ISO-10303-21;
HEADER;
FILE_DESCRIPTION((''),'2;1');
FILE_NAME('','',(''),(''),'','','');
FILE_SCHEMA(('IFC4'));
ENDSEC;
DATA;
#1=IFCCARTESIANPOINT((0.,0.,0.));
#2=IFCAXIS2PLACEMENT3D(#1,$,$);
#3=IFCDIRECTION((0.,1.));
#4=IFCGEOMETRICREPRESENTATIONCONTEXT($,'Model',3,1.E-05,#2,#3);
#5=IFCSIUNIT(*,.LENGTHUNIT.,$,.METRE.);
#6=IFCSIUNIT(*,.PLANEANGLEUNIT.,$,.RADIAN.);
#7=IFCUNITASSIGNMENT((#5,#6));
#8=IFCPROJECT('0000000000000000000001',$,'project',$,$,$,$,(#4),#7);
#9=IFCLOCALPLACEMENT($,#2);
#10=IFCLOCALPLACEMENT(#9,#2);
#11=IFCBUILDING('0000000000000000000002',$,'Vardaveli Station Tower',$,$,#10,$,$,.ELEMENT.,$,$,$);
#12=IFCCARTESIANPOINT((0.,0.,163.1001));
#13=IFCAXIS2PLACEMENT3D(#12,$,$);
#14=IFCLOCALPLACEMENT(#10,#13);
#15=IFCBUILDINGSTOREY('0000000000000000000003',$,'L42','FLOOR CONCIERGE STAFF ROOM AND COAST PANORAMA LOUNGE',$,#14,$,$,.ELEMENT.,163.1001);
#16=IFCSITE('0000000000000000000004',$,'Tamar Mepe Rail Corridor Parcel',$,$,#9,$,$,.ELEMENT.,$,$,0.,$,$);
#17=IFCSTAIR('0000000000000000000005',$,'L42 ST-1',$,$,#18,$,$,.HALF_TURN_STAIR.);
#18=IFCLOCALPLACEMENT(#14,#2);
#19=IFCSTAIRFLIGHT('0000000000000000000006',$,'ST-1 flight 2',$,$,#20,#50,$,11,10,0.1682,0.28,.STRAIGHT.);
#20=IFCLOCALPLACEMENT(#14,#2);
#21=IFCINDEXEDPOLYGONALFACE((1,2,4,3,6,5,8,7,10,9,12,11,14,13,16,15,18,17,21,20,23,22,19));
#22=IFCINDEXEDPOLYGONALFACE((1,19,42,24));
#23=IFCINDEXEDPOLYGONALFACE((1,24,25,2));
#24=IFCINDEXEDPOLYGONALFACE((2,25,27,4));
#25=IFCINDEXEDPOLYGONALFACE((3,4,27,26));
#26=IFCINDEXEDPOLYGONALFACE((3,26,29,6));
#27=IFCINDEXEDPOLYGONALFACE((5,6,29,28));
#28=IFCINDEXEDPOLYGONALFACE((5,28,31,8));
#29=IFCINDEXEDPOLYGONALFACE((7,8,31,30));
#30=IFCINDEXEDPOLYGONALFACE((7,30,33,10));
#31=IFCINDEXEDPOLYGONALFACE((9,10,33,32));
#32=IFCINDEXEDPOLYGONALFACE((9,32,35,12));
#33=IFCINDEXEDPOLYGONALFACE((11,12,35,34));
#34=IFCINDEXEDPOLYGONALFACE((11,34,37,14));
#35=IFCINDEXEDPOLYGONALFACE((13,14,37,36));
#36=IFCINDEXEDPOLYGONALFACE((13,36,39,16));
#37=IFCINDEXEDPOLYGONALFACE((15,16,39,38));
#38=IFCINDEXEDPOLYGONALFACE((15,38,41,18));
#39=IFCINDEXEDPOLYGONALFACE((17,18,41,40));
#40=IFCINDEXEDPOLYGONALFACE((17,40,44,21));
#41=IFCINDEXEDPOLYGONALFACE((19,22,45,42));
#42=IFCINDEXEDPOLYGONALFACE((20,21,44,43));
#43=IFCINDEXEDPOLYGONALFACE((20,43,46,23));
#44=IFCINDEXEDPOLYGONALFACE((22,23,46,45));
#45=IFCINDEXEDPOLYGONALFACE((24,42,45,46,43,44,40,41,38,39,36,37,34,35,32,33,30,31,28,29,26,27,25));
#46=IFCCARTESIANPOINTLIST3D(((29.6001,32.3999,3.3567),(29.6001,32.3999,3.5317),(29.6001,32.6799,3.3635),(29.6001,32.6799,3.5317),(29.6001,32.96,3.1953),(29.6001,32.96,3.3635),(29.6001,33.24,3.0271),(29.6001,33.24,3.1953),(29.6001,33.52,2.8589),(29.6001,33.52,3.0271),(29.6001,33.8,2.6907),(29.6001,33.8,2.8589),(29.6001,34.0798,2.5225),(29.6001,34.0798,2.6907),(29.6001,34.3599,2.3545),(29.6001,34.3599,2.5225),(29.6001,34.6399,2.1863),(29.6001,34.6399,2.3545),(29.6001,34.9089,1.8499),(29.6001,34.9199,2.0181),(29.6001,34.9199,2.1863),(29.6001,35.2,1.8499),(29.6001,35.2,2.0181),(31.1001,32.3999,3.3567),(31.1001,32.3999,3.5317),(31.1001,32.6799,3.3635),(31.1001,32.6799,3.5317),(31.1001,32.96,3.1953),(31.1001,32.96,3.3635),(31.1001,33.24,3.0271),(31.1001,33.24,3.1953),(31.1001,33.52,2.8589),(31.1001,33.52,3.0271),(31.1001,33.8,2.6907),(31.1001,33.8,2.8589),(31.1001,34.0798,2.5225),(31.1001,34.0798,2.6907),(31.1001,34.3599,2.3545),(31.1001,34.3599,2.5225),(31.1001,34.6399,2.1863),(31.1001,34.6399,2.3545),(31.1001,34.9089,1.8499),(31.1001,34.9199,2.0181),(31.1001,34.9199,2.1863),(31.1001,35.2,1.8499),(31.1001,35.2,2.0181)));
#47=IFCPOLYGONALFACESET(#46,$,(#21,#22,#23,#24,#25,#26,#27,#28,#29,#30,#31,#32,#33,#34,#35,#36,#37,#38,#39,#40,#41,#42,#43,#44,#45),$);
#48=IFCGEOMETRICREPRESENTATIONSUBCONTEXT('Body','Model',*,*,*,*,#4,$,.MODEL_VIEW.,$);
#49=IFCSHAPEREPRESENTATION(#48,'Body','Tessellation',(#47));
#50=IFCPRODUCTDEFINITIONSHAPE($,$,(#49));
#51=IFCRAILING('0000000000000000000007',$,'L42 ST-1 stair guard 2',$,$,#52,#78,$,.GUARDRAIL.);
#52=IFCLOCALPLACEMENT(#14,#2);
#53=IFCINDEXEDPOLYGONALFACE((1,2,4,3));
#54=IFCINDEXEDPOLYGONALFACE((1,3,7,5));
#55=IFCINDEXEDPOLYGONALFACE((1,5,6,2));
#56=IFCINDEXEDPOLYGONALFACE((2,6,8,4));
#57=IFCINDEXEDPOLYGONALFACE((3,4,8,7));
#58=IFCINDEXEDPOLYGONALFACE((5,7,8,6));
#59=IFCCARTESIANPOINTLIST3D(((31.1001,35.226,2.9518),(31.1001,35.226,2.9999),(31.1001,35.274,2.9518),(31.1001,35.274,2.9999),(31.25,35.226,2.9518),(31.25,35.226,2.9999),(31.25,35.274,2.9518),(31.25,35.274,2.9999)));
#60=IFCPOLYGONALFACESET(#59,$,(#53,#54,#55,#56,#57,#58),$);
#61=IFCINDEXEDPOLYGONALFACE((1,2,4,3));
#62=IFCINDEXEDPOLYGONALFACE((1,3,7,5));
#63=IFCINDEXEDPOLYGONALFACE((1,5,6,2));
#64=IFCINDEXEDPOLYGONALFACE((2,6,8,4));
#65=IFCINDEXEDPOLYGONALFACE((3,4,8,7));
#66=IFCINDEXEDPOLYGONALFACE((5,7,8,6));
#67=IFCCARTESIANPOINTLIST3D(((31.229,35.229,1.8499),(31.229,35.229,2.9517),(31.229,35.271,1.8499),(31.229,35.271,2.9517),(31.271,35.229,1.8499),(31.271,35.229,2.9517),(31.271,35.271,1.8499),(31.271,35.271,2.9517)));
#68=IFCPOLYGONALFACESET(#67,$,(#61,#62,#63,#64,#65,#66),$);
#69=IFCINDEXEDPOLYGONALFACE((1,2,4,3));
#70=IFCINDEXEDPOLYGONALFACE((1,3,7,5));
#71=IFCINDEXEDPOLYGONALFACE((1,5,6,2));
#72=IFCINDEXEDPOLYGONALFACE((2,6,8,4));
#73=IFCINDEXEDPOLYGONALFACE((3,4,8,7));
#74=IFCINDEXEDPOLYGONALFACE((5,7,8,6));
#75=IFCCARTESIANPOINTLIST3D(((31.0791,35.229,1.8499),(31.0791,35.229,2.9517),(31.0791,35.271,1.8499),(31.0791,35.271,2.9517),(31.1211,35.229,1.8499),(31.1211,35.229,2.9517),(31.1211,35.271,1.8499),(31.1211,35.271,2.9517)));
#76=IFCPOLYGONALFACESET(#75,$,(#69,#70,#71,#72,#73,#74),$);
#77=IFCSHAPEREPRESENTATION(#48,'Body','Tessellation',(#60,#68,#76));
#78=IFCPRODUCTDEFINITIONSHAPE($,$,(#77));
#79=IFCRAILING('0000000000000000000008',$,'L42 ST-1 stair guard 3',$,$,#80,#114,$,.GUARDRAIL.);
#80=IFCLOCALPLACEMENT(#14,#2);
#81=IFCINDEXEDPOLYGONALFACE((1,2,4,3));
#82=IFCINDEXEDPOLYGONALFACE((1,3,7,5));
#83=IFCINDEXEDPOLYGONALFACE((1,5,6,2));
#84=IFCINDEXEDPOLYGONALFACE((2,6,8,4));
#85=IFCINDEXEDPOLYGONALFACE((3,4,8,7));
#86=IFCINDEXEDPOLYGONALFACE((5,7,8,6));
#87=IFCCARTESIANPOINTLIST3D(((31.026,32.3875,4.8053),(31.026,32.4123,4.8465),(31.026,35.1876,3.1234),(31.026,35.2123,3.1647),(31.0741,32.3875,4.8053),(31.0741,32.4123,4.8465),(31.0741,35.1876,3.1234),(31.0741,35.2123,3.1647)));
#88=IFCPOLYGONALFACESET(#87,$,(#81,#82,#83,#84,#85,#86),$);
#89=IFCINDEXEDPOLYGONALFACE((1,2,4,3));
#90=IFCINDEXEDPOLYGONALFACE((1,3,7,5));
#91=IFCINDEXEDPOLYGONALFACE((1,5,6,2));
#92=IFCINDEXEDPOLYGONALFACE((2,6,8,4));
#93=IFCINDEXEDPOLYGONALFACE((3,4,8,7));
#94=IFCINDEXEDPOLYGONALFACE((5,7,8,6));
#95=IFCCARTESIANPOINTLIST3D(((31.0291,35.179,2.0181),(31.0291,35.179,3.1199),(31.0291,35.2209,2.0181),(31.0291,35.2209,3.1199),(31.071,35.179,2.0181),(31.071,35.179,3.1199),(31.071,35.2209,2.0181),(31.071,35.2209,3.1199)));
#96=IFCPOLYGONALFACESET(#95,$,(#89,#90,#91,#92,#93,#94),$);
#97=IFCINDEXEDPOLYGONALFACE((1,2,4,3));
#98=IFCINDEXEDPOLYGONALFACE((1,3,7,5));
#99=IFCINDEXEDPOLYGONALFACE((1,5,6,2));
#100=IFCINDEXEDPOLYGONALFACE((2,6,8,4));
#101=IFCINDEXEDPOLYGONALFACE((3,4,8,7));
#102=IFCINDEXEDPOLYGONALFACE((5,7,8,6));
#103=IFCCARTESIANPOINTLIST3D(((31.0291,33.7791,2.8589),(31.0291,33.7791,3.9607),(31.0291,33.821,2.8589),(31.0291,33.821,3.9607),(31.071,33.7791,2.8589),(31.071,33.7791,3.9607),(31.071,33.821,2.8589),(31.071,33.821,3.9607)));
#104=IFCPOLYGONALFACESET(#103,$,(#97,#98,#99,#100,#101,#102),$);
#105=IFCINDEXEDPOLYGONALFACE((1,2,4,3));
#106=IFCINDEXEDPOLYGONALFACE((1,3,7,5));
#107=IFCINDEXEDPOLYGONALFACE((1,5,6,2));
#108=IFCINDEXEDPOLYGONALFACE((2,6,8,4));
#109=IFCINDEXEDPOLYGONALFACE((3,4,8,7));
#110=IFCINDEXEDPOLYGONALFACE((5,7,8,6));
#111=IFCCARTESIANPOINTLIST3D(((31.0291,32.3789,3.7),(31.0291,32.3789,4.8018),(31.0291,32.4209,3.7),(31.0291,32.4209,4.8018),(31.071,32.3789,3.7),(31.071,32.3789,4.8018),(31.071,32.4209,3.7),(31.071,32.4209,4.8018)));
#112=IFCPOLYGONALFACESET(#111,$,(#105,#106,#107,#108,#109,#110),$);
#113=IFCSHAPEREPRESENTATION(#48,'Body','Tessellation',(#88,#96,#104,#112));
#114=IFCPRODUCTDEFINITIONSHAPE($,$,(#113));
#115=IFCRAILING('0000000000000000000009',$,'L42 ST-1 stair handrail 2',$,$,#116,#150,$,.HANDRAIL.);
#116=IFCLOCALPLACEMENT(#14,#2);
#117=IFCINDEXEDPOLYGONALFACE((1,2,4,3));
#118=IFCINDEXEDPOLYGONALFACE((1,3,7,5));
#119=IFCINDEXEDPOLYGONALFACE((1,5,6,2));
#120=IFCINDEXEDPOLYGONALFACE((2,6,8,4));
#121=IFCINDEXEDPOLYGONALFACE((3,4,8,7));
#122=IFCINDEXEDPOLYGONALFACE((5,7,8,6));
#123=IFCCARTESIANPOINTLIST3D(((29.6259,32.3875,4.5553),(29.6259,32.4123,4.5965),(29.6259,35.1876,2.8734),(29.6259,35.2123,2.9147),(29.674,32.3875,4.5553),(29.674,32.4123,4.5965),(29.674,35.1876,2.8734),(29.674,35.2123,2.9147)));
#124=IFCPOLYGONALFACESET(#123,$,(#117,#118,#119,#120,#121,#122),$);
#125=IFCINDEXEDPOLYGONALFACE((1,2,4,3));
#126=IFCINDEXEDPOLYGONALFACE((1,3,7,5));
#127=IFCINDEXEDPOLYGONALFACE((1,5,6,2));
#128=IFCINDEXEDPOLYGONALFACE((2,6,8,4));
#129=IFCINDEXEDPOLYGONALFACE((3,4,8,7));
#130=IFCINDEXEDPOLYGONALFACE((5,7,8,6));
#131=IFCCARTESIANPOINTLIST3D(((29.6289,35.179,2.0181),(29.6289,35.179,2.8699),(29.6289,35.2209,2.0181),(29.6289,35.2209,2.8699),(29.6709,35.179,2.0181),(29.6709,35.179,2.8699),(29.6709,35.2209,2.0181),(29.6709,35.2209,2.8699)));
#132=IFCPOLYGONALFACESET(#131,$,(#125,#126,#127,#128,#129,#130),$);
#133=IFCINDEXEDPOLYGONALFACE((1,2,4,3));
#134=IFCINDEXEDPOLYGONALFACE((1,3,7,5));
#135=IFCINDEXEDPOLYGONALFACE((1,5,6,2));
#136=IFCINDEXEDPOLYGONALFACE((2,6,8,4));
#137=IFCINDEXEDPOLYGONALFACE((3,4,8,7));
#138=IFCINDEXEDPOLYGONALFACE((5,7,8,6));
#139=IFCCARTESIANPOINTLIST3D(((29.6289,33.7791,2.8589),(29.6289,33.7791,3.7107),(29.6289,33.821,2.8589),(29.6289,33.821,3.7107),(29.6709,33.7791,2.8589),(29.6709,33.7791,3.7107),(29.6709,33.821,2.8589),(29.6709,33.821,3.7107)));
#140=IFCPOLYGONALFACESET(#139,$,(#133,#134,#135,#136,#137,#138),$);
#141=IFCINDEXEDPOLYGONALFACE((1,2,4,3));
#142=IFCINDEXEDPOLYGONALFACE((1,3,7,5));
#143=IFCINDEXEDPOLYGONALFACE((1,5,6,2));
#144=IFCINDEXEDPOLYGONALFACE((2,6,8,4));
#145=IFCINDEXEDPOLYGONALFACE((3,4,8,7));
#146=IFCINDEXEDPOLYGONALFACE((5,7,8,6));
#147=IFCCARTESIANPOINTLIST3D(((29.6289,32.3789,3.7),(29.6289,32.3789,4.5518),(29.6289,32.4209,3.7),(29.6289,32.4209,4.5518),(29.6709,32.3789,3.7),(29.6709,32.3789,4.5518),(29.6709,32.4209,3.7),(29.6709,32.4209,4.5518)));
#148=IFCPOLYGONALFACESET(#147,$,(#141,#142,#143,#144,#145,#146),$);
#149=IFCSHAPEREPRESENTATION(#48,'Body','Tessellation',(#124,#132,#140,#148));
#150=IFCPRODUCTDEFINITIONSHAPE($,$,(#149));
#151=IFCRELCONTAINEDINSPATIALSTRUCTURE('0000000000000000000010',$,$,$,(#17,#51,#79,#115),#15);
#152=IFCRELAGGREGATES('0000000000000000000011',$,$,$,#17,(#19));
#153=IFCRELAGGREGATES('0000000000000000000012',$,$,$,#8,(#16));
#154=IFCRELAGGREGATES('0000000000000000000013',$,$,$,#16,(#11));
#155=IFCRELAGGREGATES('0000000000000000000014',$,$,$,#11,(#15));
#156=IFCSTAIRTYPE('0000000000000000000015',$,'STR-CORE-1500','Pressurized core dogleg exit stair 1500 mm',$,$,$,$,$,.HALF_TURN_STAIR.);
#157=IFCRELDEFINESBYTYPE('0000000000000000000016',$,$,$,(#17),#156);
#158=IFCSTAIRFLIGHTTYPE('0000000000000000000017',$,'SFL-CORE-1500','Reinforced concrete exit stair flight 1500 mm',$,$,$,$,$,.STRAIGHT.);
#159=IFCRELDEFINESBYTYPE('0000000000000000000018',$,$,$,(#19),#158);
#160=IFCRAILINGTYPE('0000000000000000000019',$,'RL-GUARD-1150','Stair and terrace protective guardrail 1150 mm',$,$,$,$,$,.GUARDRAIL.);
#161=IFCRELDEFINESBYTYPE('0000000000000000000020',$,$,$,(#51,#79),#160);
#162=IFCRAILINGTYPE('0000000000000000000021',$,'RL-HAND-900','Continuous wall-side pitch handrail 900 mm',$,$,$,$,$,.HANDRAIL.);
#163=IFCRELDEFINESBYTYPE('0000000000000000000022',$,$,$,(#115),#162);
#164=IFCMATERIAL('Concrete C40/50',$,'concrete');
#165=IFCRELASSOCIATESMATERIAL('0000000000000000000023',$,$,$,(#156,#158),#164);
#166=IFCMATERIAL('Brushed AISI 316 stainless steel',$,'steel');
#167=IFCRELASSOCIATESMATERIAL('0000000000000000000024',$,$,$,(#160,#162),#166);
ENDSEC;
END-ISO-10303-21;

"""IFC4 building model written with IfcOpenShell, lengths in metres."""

from ifc_helpers import new_model, si_unit, direction, frame, origin, origin_2d, place, context, subcontext, project, spatial, polyline, rectangle, outline, extrude, source, transform, mapped, material, type_object, element, aggregate, save


model = new_model("IFC4")

# Units and contexts
model_context = context("Model", 3, precision=1e-05, world=origin(), true_north=direction((0.0, 1.0)))
body_context = subcontext(model_context, "Body", "Model", "MODEL_VIEW")
ifc_project = project(units=[si_unit("LENGTHUNIT", "METRE"), si_unit("PLANEANGLEUNIT", "RADIAN")], contexts=[model_context])

# Site, building, storey
site_placement = place(None, origin())
site = spatial("IfcSite", under=ifc_project, at=site_placement, Name="Tamar Mepe Rail Corridor Parcel", CompositionType="ELEMENT", RefElevation=0.0)
building_placement = place(site_placement, origin())
building = spatial("IfcBuilding", under=site, at=building_placement, Name="Vardaveli Station Tower", CompositionType="ELEMENT")
storey_placement = place(building_placement, frame((0.0, 0.0, 163.1001)))
storey = spatial("IfcBuildingStorey", under=building, at=storey_placement, Name="L42", Description="FLOOR CONCIERGE STAFF ROOM AND COAST PANORAMA LOUNGE", CompositionType="ELEMENT", Elevation=163.1001)

# Shared definitions
ifc_material_1 = material(Name="Concrete C40/50", Category="concrete")

# Stair, stair flight
stair_type = type_object("IfcStairType", Name="STR-CORE-1500", Description="Pressurized core dogleg exit stair 1500 mm", PredefinedType="HALF_TURN_STAIR", material=ifc_material_1)
stair_placement = place(storey_placement, origin())
stair = element("IfcStair", 1, at=stair_placement, inside=storey, type_object=stair_type, Name="L42 ST-1", PredefinedType="HALF_TURN_STAIR")
stair_flight_type = type_object("IfcStairFlightType", Name="SFL-CORE-1500", Description="Reinforced concrete exit stair flight 1500 mm", PredefinedType="STRAIGHT", material=ifc_material_1)
shared_shape_1 = source(origin(), body_context, "Body", "SweptSolid", [
    extrude(outline(polyline([(0.0, 0.0), (0.0, 0.1682), (0.28, 0.1682), (0.28, 0.3364), (0.5601, 0.3364), (0.5601, 0.5046), (0.8401, 0.5046), (0.8401, 0.6726), (1.1201, 0.6726), (1.1201, 0.8408), (1.3999, 0.8408), (1.3999, 1.009), (1.6799, 1.009), (1.6799, 1.1772), (1.96, 1.1772), (1.96, 1.3455), (2.24, 1.3455), (2.24, 1.5137), (2.52, 1.5137), (2.52, 1.6819), (2.8, 1.6819), (2.8, 1.8501), (2.8, 1.5068), (0.291, 0.0), (0.0, 0.0)])), frame((0.0, 0.75, 0.0), z_axis=(0.0, -1.0, 0.0), x_axis=(1.0, 0.0, 0.0)), (0.0, 0.0, 1.0), 1.5),
])
stair_flight_placement = place(storey_placement, frame((30.3501, 35.2, 1.8499), z_axis=(0.0, 0.0, 1.0), x_axis=(0.0, -1.0, 0.0)))
stair_flight = element("IfcStairFlight", 2, at=stair_flight_placement, type_object=stair_flight_type, Name="ST-1 flight 2", NumberOfRisers=11, NumberOfTreads=10, PredefinedType="STRAIGHT", RiserHeight=0.1682, TreadLength=0.28, context=body_context, shape_type="MappedRepresentation", body=[
    mapped(shared_shape_1, transform((0.0, 0.0, 0.0), scale=1.0)),
])
aggregate(stair, [stair_flight])

# Railings
ifc_material_2 = material(Name="Brushed AISI 316 stainless steel", Category="steel")
railing_type_1 = type_object("IfcRailingType", Name="RL-GUARD-1150", Description="Stair and terrace protective guardrail 1150 mm", PredefinedType="GUARDRAIL", material=ifc_material_2)
shared_shape_2 = source(origin(), body_context, "Body", "SweptSolid", [
    extrude(rectangle(XDim=0.0481, YDim=0.0481, at=origin_2d()), frame((0.0, 0.0, 1.126), z_axis=(-1.0, 0.0, 0.0), x_axis=(0.0, -1.0, 0.0)), (0.0, 0.0, 1.0), 0.1499),
    extrude(rectangle(XDim=0.042, YDim=0.042, at=origin_2d()), origin(), (0.0, 0.0, 1.0), 1.1018),
    extrude(rectangle(XDim=0.042, YDim=0.042, at=origin_2d()), frame((-0.1499, 0.0, 0.0)), (0.0, 0.0, 1.0), 1.1018),
])
railing_1_placement = place(storey_placement, frame((31.25, 35.25, 1.8499)))
element("IfcRailing", 3, at=railing_1_placement, inside=storey, type_object=railing_type_1, Name="L42 ST-1 stair guard 2", PredefinedType="GUARDRAIL", context=body_context, shape_type="MappedRepresentation", body=[
    mapped(shared_shape_2, transform((0.0, 0.0, 0.0), scale=1.0)),
])
shared_shape_3 = source(origin(), body_context, "Body", "SweptSolid", [
    extrude(rectangle(XDim=0.0481, YDim=0.0481, at=origin_2d()), frame((0.0, 0.0, 1.126), z_axis=(0.0, -0.857242, 0.514913), x_axis=(1.0, 0.0, 0.0)), (0.0, 0.0, 1.0), 3.2664),
    extrude(rectangle(XDim=0.042, YDim=0.042, at=origin_2d()), origin(), (0.0, 0.0, 1.0), 1.1018),
    extrude(rectangle(XDim=0.042, YDim=0.042, at=origin_2d()), frame((0.0, -1.3999, 0.8408)), (0.0, 0.0, 1.0), 1.1018),
    extrude(rectangle(XDim=0.042, YDim=0.042, at=origin_2d()), frame((0.0, -2.8, 1.6819)), (0.0, 0.0, 1.0), 1.1018),
])
railing_2_placement = place(storey_placement, frame((31.05, 35.2, 2.0181)))
element("IfcRailing", 4, at=railing_2_placement, inside=storey, type_object=railing_type_1, Name="L42 ST-1 stair guard 3", PredefinedType="GUARDRAIL", context=body_context, shape_type="MappedRepresentation", body=[
    mapped(shared_shape_3, transform((0.0, 0.0, 0.0), scale=1.0)),
])
railing_type_2 = type_object("IfcRailingType", Name="RL-HAND-900", Description="Continuous wall-side pitch handrail 900 mm", PredefinedType="HANDRAIL", material=ifc_material_2)
shared_shape_4 = source(origin(), body_context, "Body", "SweptSolid", [
    extrude(rectangle(XDim=0.0481, YDim=0.0481, at=origin_2d()), frame((0.0, 0.0, 0.876), z_axis=(0.0, -0.857242, 0.514913), x_axis=(1.0, 0.0, 0.0)), (0.0, 0.0, 1.0), 3.2664),
    extrude(rectangle(XDim=0.042, YDim=0.042, at=origin_2d()), origin(), (0.0, 0.0, 1.0), 0.8518),
    extrude(rectangle(XDim=0.042, YDim=0.042, at=origin_2d()), frame((0.0, -1.3999, 0.8408)), (0.0, 0.0, 1.0), 0.8518),
    extrude(rectangle(XDim=0.042, YDim=0.042, at=origin_2d()), frame((0.0, -2.8, 1.6819)), (0.0, 0.0, 1.0), 0.8518),
])
railing_3_placement = place(storey_placement, frame((29.6499, 35.2, 2.0181)))
element("IfcRailing", 5, at=railing_3_placement, inside=storey, type_object=railing_type_2, Name="L42 ST-1 stair handrail 2", PredefinedType="HANDRAIL", context=body_context, shape_type="MappedRepresentation", body=[
    mapped(shared_shape_4, transform((0.0, 0.0, 0.0), scale=1.0)),
])

save(model, "model.ifc")
